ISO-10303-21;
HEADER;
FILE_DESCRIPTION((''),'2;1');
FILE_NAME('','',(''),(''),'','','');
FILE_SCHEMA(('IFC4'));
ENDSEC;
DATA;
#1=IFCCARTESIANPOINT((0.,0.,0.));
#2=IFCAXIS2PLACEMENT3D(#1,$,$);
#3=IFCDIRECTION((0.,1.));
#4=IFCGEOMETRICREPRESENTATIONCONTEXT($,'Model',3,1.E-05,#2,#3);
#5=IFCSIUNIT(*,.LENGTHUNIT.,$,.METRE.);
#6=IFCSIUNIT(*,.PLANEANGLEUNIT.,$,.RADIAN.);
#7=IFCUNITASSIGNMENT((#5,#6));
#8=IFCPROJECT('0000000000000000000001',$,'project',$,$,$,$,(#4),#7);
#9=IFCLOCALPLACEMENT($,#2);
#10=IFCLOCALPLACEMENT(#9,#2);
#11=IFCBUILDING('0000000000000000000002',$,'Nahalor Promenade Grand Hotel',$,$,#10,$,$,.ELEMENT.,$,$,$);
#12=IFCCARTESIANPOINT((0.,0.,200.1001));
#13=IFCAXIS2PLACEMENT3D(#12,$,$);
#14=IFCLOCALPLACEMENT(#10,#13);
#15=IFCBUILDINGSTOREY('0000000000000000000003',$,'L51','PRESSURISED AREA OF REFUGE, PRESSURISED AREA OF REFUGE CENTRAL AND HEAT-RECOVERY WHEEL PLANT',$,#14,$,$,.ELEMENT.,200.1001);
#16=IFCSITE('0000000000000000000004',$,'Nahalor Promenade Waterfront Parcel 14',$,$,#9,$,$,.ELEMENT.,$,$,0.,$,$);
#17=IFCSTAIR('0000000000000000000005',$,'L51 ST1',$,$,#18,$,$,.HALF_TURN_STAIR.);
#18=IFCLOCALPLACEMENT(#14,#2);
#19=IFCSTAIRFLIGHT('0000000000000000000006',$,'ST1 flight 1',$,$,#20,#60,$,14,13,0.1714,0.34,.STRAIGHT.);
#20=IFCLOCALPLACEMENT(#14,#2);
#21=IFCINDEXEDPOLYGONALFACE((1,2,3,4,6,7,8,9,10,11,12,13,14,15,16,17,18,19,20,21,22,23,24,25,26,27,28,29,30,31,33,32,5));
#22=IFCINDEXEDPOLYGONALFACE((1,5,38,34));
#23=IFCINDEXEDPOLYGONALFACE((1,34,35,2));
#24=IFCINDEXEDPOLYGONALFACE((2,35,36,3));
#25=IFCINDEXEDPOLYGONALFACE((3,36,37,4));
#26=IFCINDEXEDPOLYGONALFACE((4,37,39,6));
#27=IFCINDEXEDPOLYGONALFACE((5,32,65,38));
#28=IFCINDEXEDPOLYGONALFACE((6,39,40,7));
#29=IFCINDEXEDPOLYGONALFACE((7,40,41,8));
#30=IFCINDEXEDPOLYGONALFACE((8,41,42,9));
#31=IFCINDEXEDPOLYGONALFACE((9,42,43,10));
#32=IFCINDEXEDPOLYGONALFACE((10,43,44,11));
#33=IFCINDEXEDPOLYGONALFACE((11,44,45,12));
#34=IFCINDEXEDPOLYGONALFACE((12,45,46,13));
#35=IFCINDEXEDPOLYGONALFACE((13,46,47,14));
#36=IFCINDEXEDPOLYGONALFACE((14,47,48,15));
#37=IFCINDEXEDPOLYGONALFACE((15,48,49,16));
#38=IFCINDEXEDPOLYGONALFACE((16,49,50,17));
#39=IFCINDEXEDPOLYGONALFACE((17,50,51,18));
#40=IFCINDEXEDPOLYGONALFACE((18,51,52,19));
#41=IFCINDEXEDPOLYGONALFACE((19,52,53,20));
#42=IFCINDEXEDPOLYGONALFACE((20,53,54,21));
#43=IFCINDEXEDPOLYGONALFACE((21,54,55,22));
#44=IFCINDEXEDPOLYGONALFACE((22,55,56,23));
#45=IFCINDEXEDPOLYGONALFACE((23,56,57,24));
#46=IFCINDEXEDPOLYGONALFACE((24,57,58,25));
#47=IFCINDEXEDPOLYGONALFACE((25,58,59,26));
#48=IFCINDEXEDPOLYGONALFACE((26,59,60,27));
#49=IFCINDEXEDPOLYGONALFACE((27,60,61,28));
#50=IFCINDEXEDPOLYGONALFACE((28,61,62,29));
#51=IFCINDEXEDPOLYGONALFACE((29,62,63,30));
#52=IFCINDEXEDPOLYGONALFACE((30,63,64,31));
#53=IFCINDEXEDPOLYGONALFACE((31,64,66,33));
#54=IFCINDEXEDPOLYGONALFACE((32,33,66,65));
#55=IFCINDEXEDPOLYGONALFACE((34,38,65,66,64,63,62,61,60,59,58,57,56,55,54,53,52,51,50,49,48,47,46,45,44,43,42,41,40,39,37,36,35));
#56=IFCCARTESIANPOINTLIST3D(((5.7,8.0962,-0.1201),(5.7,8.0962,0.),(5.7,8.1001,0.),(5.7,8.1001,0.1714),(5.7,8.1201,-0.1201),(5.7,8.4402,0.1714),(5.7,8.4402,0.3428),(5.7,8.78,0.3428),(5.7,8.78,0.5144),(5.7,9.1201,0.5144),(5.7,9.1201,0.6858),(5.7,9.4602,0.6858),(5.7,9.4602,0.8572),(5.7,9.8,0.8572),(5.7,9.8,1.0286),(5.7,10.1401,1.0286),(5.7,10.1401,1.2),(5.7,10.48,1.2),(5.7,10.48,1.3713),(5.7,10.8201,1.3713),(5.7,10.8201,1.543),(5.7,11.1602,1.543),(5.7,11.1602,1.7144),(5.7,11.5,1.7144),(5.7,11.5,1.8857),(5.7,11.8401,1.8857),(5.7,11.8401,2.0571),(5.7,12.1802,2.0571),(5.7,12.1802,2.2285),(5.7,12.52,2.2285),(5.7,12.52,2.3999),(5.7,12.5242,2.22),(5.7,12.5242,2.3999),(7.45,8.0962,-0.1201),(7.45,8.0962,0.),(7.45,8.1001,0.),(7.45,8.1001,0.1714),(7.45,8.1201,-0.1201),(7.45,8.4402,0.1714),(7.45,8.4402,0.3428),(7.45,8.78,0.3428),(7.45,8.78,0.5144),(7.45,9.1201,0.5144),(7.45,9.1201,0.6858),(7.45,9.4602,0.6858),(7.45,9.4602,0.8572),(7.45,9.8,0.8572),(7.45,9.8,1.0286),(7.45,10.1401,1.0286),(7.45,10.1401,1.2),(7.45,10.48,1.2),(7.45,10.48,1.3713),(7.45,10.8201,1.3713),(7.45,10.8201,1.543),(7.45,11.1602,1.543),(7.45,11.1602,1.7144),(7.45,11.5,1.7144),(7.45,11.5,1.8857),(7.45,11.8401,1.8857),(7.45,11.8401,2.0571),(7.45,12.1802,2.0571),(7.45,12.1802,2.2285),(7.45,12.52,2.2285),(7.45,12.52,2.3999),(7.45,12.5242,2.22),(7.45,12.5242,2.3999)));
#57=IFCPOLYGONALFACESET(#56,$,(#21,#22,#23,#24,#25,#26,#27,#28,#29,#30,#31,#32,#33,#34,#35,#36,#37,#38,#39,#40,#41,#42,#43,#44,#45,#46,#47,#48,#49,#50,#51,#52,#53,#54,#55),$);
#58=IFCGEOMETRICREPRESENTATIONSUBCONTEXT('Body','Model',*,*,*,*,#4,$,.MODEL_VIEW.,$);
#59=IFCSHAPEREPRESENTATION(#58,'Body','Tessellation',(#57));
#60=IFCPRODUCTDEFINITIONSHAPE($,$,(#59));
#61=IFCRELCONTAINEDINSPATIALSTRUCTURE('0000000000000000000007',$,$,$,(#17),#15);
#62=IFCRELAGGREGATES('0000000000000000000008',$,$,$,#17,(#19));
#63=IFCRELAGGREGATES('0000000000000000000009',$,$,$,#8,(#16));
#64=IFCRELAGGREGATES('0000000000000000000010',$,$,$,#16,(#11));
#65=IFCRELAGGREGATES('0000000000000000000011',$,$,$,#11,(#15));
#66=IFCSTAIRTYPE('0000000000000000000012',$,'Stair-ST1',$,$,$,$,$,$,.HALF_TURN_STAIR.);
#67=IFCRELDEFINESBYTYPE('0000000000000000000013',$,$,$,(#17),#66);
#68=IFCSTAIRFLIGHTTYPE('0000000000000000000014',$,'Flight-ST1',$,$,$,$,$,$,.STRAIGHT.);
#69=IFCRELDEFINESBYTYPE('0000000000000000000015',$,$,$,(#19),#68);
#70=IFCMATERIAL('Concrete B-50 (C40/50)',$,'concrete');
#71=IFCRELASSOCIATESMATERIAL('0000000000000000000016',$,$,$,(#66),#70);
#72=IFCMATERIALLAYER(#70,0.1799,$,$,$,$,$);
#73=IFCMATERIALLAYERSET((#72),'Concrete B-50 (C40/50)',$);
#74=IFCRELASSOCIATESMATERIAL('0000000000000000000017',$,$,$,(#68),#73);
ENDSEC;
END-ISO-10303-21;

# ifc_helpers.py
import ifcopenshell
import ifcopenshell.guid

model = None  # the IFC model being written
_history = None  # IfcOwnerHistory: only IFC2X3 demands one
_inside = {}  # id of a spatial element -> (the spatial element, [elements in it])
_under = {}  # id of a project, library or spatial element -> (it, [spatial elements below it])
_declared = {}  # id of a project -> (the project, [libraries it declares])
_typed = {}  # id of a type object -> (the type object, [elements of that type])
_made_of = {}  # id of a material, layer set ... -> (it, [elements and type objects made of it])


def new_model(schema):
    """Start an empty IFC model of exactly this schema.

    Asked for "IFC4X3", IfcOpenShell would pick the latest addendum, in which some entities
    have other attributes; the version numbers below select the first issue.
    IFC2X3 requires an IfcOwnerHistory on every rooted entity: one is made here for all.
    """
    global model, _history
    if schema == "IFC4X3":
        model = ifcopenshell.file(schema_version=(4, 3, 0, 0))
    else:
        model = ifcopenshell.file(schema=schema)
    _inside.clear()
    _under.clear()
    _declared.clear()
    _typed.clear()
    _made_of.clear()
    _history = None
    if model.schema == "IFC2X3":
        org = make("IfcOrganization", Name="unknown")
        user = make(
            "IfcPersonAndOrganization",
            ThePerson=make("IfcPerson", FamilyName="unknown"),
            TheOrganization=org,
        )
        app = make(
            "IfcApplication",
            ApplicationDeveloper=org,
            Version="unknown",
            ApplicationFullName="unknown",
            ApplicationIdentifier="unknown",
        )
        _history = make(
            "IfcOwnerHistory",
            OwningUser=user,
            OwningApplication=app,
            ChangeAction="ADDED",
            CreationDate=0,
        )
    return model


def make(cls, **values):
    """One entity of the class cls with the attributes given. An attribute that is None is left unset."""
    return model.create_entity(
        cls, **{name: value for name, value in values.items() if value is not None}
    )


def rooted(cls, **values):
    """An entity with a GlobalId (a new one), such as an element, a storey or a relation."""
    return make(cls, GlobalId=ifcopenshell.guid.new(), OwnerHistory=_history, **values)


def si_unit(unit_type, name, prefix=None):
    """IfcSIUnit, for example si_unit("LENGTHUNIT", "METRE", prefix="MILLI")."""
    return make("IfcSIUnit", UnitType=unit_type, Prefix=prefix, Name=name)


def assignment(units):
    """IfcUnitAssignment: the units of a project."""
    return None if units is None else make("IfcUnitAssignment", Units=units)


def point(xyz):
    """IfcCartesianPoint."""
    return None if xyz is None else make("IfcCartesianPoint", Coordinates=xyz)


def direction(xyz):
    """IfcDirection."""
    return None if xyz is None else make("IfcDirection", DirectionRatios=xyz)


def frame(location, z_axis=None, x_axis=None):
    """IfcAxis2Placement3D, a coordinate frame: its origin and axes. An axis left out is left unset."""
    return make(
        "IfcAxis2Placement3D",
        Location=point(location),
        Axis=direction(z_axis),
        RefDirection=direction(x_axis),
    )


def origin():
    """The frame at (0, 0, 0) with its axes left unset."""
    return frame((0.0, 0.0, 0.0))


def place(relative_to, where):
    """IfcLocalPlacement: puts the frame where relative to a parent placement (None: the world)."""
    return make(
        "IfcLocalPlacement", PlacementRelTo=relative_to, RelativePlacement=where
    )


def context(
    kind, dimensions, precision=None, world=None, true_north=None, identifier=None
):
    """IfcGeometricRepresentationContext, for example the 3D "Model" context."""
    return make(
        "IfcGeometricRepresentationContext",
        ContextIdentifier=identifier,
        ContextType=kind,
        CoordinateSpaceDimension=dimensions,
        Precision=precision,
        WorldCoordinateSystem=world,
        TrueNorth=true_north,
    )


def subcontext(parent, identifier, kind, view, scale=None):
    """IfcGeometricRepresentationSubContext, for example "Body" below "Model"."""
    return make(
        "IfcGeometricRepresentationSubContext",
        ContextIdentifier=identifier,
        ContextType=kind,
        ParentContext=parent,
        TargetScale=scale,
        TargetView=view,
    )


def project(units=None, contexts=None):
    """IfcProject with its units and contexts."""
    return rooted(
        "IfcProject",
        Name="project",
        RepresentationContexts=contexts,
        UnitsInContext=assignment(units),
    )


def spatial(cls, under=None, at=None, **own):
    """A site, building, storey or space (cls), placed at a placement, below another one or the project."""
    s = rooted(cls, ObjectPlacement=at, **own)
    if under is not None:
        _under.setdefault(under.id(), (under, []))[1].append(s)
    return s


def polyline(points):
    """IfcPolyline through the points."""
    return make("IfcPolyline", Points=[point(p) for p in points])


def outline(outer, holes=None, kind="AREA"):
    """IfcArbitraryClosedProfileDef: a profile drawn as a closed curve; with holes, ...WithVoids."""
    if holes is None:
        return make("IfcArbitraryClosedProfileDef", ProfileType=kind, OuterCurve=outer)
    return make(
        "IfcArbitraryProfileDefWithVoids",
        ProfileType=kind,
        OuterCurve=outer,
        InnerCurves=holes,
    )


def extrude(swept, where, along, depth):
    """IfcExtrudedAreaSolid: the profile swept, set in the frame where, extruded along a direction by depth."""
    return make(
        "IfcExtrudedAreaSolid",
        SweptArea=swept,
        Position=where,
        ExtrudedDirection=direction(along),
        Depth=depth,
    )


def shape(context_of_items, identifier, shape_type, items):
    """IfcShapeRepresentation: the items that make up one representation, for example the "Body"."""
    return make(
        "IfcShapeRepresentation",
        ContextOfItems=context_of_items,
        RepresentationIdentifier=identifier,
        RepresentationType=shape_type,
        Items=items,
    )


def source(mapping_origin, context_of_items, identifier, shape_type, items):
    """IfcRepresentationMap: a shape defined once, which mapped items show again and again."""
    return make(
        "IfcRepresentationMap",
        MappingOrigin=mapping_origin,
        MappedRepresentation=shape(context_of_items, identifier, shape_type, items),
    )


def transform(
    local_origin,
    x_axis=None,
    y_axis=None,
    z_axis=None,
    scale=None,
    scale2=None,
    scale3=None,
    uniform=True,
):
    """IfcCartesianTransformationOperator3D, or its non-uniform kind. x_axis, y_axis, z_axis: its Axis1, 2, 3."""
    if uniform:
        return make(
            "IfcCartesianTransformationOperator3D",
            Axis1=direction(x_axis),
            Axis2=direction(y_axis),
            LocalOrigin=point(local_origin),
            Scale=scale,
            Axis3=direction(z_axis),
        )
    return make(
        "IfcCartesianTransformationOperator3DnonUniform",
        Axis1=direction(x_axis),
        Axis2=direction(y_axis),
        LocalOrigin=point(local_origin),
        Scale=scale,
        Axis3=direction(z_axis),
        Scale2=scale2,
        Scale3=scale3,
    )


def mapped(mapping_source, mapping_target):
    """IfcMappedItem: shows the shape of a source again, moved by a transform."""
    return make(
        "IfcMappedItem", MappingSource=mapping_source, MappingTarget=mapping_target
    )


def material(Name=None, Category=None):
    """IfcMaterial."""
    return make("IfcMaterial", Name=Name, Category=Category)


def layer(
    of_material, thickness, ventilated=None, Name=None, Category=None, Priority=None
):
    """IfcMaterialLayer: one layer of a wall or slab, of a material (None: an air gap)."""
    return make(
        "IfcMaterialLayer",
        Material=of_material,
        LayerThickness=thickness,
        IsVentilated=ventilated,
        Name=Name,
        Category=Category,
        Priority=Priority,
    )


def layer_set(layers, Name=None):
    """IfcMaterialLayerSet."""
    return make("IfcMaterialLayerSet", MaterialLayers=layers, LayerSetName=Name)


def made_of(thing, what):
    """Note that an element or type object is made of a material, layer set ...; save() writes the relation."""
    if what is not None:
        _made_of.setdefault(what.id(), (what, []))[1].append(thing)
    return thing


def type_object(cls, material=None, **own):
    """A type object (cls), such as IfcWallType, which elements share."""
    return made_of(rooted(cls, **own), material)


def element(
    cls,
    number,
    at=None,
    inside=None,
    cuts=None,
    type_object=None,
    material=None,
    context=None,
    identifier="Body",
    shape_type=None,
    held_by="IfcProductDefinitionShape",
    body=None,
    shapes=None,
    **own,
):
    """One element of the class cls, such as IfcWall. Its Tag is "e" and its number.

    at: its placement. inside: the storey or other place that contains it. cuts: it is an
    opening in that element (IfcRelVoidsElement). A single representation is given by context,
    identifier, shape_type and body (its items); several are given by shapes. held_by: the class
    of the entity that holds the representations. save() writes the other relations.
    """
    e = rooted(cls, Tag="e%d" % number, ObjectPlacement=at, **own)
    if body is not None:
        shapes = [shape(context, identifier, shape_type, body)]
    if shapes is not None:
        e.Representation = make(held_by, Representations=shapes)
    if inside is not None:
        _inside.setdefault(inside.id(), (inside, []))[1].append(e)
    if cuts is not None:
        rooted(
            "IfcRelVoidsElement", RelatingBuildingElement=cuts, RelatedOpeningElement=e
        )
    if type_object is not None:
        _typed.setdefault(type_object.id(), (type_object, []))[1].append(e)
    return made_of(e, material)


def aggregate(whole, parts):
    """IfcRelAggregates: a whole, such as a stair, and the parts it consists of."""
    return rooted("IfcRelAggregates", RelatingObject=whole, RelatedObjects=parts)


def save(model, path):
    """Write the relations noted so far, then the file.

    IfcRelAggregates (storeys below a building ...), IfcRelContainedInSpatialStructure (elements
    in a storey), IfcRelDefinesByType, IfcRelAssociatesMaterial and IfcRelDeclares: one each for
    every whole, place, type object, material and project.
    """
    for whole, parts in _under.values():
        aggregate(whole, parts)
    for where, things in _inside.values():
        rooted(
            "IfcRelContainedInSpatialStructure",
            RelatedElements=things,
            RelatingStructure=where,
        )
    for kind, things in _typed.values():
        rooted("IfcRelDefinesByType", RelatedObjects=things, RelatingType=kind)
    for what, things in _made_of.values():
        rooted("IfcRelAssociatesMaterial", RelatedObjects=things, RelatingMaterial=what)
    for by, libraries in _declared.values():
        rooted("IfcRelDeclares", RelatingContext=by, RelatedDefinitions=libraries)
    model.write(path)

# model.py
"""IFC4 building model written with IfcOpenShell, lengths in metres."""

from ifc_helpers import new_model, si_unit, direction, frame, origin, place, context, subcontext, project, spatial, polyline, outline, extrude, source, transform, mapped, material, layer, layer_set, type_object, element, aggregate, save


model = new_model("IFC4")

# Units and contexts
model_context = context("Model", 3, precision=1e-05, world=origin(), true_north=direction((0.0, 1.0)))
body_context = subcontext(model_context, "Body", "Model", "MODEL_VIEW")
ifc_project = project(units=[si_unit("LENGTHUNIT", "METRE"), si_unit("PLANEANGLEUNIT", "RADIAN")], contexts=[model_context])

# Site, building, storey
site_placement = place(None, origin())
site = spatial("IfcSite", under=ifc_project, at=site_placement, Name="Nahalor Promenade Waterfront Parcel 14", CompositionType="ELEMENT", RefElevation=0.0)
building_placement = place(site_placement, origin())
building = spatial("IfcBuilding", under=site, at=building_placement, Name="Nahalor Promenade Grand Hotel", CompositionType="ELEMENT")
storey_placement = place(building_placement, frame((0.0, 0.0, 200.1001)))
storey = spatial("IfcBuildingStorey", under=building, at=storey_placement, Name="L51", Description="PRESSURISED AREA OF REFUGE, PRESSURISED AREA OF REFUGE CENTRAL AND HEAT-RECOVERY WHEEL PLANT", CompositionType="ELEMENT", Elevation=200.1001)

# Shared definitions
ifc_material_1 = material(Name="Concrete B-50 (C40/50)", Category="concrete")

# Stair, stair flight
stair_type = type_object("IfcStairType", Name="Stair-ST1", PredefinedType="HALF_TURN_STAIR", material=ifc_material_1)
stair_placement = place(storey_placement, origin())
stair = element("IfcStair", 1, at=stair_placement, inside=storey, type_object=stair_type, Name="L51 ST1", PredefinedType="HALF_TURN_STAIR")
ifc_layer_1 = layer(ifc_material_1, 0.1799)
ifc_layer_set_1 = layer_set([ifc_layer_1], Name="Concrete B-50 (C40/50)")
stair_flight_type = type_object("IfcStairFlightType", Name="Flight-ST1", PredefinedType="STRAIGHT", material=ifc_layer_set_1)
shared_shape_1 = source(origin(), body_context, "Body", "SweptSolid", [
    extrude(outline(polyline([(-0.0039, -0.1201), (-0.0039, 0.0), (0.0, 0.0), (0.0, 0.1714), (0.3401, 0.1714), (0.3401, 0.3428), (0.6799, 0.3428), (0.6799, 0.5144), (1.02, 0.5144), (1.02, 0.6858), (1.3601, 0.6858), (1.3601, 0.8572), (1.7, 0.8572), (1.7, 1.0286), (2.04, 1.0286), (2.04, 1.2), (2.3799, 1.2), (2.3799, 1.3713), (2.72, 1.3713), (2.72, 1.543), (3.0601, 1.543), (3.0601, 1.7144), (3.3999, 1.7144), (3.3999, 1.8857), (3.74, 1.8857), (3.74, 2.0571), (4.0801, 2.0571), (4.0801, 2.2285), (4.4199, 2.2285), (4.4199, 2.3999), (4.4241, 2.3999), (4.4241, 2.22), (0.02, -0.1201), (-0.0039, -0.1201)])), frame((0.0, 0.875, 0.0), z_axis=(0.0, -1.0, 0.0), x_axis=(1.0, 0.0, 0.0)), (0.0, 0.0, 1.0), 1.75),
])
stair_flight_placement = place(storey_placement, frame((6.575, 8.1001, 0.0), z_axis=(0.0, 0.0, 1.0), x_axis=(0.0, 1.0, 0.0)))
stair_flight = element("IfcStairFlight", 2, at=stair_flight_placement, type_object=stair_flight_type, Name="ST1 flight 1", NumberOfRisers=14, NumberOfTreads=13, PredefinedType="STRAIGHT", RiserHeight=0.1714, TreadLength=0.34, context=body_context, shape_type="MappedRepresentation", body=[
    mapped(shared_shape_1, transform((0.0, 0.0, 0.0), scale=1.0)),
])
aggregate(stair, [stair_flight])

save(model, "model.ifc")
